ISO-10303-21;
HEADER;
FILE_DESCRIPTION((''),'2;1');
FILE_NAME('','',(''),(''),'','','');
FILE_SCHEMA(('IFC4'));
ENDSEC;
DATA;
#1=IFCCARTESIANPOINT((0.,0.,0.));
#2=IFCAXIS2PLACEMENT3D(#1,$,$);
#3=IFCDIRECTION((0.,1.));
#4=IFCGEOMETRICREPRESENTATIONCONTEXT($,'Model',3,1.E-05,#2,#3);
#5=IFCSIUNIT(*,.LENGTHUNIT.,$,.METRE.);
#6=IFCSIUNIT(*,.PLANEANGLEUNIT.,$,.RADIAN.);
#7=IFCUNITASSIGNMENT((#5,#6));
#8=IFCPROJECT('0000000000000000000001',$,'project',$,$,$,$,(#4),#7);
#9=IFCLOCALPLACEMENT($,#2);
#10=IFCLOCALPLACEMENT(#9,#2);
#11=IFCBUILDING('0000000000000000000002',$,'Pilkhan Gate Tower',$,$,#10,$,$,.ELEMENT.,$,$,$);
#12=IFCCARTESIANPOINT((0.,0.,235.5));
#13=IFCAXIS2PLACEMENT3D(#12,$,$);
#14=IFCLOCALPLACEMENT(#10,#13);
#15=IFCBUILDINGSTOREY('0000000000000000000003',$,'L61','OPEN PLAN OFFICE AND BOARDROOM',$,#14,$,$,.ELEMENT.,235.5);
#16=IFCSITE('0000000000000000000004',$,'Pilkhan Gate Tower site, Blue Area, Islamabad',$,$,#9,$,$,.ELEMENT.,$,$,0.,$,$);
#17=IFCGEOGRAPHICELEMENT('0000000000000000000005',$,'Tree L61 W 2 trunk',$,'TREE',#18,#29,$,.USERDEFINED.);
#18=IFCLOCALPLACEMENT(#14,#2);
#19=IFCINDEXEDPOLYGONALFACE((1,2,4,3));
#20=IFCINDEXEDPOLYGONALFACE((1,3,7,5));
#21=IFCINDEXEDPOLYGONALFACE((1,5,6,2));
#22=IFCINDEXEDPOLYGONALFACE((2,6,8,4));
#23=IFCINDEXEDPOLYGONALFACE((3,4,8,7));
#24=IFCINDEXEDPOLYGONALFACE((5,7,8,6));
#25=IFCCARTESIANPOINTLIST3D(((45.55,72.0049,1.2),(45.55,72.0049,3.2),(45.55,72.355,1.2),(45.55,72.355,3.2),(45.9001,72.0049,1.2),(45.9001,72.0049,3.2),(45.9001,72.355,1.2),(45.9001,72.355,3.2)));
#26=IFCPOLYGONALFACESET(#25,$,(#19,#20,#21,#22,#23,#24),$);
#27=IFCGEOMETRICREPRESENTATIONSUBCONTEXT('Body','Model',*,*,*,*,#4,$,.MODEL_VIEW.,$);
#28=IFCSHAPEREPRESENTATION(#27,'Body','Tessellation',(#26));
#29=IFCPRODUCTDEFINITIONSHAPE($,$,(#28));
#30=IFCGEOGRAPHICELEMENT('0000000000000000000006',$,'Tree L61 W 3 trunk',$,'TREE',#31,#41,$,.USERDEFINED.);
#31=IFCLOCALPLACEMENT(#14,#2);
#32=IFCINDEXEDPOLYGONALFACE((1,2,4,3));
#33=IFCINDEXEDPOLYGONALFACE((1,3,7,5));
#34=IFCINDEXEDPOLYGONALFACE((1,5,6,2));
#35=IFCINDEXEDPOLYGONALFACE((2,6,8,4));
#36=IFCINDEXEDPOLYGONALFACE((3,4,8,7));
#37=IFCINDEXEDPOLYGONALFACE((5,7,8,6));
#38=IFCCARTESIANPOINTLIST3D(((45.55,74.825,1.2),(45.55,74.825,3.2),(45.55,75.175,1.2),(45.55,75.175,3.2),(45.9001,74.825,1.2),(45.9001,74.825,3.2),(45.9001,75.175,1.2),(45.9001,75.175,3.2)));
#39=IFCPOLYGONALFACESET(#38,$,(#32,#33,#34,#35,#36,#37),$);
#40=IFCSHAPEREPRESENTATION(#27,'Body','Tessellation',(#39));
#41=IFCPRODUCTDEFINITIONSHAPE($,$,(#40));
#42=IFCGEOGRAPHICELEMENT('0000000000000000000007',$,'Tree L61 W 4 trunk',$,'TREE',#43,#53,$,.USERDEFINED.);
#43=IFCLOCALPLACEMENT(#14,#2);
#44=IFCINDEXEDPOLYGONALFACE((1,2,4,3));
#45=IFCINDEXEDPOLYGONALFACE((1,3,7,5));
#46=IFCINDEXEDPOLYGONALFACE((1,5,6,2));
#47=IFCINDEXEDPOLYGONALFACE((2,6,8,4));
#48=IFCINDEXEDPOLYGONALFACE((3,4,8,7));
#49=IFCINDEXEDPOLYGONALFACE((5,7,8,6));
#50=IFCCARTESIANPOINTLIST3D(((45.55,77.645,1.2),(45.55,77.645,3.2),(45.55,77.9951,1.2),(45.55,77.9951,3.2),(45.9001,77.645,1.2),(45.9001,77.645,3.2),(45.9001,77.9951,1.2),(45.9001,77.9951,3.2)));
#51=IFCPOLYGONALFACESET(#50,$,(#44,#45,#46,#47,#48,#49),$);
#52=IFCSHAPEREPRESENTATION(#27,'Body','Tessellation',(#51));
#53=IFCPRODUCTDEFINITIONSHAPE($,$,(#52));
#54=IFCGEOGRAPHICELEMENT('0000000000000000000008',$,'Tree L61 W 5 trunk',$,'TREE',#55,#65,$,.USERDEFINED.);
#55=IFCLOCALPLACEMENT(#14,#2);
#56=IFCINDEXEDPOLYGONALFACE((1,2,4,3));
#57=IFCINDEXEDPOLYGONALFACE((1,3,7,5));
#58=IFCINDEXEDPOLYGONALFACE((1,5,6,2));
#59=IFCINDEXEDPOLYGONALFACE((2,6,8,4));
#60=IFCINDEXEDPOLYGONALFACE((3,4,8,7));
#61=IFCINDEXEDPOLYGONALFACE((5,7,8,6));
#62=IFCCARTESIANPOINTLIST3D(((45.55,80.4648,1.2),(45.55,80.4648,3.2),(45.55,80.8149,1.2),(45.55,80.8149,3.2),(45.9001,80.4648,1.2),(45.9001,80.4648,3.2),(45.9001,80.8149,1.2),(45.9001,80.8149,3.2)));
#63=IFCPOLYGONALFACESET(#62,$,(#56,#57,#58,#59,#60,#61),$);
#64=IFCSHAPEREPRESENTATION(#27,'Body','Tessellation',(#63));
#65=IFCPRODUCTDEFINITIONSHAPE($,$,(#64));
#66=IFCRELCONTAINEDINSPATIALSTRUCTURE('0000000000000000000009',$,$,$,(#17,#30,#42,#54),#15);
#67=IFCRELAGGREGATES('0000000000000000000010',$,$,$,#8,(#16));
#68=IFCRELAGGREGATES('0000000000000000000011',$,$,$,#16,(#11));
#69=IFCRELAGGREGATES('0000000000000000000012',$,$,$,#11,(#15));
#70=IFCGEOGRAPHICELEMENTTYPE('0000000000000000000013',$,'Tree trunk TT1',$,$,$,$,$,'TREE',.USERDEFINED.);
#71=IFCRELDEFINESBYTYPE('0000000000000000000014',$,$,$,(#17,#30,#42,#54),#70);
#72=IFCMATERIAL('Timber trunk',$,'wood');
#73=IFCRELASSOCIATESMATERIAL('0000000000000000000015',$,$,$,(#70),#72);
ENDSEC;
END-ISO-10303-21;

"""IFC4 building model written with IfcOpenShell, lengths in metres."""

from ifc_helpers import new_model, si_unit, direction, frame, origin, origin_2d, place, context, subcontext, project, spatial, rectangle, extrude, material, type_object, element, save


model = new_model("IFC4")

# Units and contexts
model_context = context("Model", 3, precision=1e-05, world=origin(), true_north=direction((0.0, 1.0)))
body_context = subcontext(model_context, "Body", "Model", "MODEL_VIEW")
ifc_project = project(units=[si_unit("LENGTHUNIT", "METRE"), si_unit("PLANEANGLEUNIT", "RADIAN")], contexts=[model_context])

# Site, building, storey
site_placement = place(None, origin())
site = spatial("IfcSite", under=ifc_project, at=site_placement, Name="Pilkhan Gate Tower site, Blue Area, Islamabad", CompositionType="ELEMENT", RefElevation=0.0)
building_placement = place(site_placement, origin())
building = spatial("IfcBuilding", under=site, at=building_placement, Name="Pilkhan Gate Tower", CompositionType="ELEMENT")
storey_placement = place(building_placement, frame((0.0, 0.0, 235.5)))
storey = spatial("IfcBuildingStorey", under=building, at=storey_placement, Name="L61", Description="OPEN PLAN OFFICE AND BOARDROOM", CompositionType="ELEMENT", Elevation=235.5)

# Geographic elements
ifc_material_1 = material(Name="Timber trunk", Category="wood")
geographic_element_type_1 = type_object("IfcGeographicElementType", Name="Tree trunk TT1", ElementType="TREE", PredefinedType="USERDEFINED", material=ifc_material_1)
for number, where, z_axis, x_axis, name in (
    (1, (45.7251, 72.1799, 1.2), (0.0, 0.0, 1.0), (1.0, 0.0, 0.0), "Tree L61 W 2 trunk"),
    (2, (45.7251, 75.0, 1.2), (0.0, 0.0, 1.0), (1.0, 0.0, 0.0), "Tree L61 W 3 trunk"),
    (3, (45.7251, 77.8201, 1.2), (0.0, 0.0, 1.0), (1.0, 0.0, 0.0), "Tree L61 W 4 trunk"),
    (4, (45.7251, 80.6399, 1.2), (0.0, 0.0, 1.0), (1.0, 0.0, 0.0), "Tree L61 W 5 trunk"),
):
    element("IfcGeographicElement", number, at=place(storey_placement, frame(where, z_axis=z_axis, x_axis=x_axis)), inside=storey, type_object=geographic_element_type_1, Name=name, ObjectType="TREE", PredefinedType="USERDEFINED", context=body_context, shape_type="SweptSolid", body=[
        extrude(rectangle(XDim=0.3501, YDim=0.3501, at=origin_2d()), origin(), (0.0, 0.0, 1.0), 2.0),
    ])

save(model, "model.ifc")
